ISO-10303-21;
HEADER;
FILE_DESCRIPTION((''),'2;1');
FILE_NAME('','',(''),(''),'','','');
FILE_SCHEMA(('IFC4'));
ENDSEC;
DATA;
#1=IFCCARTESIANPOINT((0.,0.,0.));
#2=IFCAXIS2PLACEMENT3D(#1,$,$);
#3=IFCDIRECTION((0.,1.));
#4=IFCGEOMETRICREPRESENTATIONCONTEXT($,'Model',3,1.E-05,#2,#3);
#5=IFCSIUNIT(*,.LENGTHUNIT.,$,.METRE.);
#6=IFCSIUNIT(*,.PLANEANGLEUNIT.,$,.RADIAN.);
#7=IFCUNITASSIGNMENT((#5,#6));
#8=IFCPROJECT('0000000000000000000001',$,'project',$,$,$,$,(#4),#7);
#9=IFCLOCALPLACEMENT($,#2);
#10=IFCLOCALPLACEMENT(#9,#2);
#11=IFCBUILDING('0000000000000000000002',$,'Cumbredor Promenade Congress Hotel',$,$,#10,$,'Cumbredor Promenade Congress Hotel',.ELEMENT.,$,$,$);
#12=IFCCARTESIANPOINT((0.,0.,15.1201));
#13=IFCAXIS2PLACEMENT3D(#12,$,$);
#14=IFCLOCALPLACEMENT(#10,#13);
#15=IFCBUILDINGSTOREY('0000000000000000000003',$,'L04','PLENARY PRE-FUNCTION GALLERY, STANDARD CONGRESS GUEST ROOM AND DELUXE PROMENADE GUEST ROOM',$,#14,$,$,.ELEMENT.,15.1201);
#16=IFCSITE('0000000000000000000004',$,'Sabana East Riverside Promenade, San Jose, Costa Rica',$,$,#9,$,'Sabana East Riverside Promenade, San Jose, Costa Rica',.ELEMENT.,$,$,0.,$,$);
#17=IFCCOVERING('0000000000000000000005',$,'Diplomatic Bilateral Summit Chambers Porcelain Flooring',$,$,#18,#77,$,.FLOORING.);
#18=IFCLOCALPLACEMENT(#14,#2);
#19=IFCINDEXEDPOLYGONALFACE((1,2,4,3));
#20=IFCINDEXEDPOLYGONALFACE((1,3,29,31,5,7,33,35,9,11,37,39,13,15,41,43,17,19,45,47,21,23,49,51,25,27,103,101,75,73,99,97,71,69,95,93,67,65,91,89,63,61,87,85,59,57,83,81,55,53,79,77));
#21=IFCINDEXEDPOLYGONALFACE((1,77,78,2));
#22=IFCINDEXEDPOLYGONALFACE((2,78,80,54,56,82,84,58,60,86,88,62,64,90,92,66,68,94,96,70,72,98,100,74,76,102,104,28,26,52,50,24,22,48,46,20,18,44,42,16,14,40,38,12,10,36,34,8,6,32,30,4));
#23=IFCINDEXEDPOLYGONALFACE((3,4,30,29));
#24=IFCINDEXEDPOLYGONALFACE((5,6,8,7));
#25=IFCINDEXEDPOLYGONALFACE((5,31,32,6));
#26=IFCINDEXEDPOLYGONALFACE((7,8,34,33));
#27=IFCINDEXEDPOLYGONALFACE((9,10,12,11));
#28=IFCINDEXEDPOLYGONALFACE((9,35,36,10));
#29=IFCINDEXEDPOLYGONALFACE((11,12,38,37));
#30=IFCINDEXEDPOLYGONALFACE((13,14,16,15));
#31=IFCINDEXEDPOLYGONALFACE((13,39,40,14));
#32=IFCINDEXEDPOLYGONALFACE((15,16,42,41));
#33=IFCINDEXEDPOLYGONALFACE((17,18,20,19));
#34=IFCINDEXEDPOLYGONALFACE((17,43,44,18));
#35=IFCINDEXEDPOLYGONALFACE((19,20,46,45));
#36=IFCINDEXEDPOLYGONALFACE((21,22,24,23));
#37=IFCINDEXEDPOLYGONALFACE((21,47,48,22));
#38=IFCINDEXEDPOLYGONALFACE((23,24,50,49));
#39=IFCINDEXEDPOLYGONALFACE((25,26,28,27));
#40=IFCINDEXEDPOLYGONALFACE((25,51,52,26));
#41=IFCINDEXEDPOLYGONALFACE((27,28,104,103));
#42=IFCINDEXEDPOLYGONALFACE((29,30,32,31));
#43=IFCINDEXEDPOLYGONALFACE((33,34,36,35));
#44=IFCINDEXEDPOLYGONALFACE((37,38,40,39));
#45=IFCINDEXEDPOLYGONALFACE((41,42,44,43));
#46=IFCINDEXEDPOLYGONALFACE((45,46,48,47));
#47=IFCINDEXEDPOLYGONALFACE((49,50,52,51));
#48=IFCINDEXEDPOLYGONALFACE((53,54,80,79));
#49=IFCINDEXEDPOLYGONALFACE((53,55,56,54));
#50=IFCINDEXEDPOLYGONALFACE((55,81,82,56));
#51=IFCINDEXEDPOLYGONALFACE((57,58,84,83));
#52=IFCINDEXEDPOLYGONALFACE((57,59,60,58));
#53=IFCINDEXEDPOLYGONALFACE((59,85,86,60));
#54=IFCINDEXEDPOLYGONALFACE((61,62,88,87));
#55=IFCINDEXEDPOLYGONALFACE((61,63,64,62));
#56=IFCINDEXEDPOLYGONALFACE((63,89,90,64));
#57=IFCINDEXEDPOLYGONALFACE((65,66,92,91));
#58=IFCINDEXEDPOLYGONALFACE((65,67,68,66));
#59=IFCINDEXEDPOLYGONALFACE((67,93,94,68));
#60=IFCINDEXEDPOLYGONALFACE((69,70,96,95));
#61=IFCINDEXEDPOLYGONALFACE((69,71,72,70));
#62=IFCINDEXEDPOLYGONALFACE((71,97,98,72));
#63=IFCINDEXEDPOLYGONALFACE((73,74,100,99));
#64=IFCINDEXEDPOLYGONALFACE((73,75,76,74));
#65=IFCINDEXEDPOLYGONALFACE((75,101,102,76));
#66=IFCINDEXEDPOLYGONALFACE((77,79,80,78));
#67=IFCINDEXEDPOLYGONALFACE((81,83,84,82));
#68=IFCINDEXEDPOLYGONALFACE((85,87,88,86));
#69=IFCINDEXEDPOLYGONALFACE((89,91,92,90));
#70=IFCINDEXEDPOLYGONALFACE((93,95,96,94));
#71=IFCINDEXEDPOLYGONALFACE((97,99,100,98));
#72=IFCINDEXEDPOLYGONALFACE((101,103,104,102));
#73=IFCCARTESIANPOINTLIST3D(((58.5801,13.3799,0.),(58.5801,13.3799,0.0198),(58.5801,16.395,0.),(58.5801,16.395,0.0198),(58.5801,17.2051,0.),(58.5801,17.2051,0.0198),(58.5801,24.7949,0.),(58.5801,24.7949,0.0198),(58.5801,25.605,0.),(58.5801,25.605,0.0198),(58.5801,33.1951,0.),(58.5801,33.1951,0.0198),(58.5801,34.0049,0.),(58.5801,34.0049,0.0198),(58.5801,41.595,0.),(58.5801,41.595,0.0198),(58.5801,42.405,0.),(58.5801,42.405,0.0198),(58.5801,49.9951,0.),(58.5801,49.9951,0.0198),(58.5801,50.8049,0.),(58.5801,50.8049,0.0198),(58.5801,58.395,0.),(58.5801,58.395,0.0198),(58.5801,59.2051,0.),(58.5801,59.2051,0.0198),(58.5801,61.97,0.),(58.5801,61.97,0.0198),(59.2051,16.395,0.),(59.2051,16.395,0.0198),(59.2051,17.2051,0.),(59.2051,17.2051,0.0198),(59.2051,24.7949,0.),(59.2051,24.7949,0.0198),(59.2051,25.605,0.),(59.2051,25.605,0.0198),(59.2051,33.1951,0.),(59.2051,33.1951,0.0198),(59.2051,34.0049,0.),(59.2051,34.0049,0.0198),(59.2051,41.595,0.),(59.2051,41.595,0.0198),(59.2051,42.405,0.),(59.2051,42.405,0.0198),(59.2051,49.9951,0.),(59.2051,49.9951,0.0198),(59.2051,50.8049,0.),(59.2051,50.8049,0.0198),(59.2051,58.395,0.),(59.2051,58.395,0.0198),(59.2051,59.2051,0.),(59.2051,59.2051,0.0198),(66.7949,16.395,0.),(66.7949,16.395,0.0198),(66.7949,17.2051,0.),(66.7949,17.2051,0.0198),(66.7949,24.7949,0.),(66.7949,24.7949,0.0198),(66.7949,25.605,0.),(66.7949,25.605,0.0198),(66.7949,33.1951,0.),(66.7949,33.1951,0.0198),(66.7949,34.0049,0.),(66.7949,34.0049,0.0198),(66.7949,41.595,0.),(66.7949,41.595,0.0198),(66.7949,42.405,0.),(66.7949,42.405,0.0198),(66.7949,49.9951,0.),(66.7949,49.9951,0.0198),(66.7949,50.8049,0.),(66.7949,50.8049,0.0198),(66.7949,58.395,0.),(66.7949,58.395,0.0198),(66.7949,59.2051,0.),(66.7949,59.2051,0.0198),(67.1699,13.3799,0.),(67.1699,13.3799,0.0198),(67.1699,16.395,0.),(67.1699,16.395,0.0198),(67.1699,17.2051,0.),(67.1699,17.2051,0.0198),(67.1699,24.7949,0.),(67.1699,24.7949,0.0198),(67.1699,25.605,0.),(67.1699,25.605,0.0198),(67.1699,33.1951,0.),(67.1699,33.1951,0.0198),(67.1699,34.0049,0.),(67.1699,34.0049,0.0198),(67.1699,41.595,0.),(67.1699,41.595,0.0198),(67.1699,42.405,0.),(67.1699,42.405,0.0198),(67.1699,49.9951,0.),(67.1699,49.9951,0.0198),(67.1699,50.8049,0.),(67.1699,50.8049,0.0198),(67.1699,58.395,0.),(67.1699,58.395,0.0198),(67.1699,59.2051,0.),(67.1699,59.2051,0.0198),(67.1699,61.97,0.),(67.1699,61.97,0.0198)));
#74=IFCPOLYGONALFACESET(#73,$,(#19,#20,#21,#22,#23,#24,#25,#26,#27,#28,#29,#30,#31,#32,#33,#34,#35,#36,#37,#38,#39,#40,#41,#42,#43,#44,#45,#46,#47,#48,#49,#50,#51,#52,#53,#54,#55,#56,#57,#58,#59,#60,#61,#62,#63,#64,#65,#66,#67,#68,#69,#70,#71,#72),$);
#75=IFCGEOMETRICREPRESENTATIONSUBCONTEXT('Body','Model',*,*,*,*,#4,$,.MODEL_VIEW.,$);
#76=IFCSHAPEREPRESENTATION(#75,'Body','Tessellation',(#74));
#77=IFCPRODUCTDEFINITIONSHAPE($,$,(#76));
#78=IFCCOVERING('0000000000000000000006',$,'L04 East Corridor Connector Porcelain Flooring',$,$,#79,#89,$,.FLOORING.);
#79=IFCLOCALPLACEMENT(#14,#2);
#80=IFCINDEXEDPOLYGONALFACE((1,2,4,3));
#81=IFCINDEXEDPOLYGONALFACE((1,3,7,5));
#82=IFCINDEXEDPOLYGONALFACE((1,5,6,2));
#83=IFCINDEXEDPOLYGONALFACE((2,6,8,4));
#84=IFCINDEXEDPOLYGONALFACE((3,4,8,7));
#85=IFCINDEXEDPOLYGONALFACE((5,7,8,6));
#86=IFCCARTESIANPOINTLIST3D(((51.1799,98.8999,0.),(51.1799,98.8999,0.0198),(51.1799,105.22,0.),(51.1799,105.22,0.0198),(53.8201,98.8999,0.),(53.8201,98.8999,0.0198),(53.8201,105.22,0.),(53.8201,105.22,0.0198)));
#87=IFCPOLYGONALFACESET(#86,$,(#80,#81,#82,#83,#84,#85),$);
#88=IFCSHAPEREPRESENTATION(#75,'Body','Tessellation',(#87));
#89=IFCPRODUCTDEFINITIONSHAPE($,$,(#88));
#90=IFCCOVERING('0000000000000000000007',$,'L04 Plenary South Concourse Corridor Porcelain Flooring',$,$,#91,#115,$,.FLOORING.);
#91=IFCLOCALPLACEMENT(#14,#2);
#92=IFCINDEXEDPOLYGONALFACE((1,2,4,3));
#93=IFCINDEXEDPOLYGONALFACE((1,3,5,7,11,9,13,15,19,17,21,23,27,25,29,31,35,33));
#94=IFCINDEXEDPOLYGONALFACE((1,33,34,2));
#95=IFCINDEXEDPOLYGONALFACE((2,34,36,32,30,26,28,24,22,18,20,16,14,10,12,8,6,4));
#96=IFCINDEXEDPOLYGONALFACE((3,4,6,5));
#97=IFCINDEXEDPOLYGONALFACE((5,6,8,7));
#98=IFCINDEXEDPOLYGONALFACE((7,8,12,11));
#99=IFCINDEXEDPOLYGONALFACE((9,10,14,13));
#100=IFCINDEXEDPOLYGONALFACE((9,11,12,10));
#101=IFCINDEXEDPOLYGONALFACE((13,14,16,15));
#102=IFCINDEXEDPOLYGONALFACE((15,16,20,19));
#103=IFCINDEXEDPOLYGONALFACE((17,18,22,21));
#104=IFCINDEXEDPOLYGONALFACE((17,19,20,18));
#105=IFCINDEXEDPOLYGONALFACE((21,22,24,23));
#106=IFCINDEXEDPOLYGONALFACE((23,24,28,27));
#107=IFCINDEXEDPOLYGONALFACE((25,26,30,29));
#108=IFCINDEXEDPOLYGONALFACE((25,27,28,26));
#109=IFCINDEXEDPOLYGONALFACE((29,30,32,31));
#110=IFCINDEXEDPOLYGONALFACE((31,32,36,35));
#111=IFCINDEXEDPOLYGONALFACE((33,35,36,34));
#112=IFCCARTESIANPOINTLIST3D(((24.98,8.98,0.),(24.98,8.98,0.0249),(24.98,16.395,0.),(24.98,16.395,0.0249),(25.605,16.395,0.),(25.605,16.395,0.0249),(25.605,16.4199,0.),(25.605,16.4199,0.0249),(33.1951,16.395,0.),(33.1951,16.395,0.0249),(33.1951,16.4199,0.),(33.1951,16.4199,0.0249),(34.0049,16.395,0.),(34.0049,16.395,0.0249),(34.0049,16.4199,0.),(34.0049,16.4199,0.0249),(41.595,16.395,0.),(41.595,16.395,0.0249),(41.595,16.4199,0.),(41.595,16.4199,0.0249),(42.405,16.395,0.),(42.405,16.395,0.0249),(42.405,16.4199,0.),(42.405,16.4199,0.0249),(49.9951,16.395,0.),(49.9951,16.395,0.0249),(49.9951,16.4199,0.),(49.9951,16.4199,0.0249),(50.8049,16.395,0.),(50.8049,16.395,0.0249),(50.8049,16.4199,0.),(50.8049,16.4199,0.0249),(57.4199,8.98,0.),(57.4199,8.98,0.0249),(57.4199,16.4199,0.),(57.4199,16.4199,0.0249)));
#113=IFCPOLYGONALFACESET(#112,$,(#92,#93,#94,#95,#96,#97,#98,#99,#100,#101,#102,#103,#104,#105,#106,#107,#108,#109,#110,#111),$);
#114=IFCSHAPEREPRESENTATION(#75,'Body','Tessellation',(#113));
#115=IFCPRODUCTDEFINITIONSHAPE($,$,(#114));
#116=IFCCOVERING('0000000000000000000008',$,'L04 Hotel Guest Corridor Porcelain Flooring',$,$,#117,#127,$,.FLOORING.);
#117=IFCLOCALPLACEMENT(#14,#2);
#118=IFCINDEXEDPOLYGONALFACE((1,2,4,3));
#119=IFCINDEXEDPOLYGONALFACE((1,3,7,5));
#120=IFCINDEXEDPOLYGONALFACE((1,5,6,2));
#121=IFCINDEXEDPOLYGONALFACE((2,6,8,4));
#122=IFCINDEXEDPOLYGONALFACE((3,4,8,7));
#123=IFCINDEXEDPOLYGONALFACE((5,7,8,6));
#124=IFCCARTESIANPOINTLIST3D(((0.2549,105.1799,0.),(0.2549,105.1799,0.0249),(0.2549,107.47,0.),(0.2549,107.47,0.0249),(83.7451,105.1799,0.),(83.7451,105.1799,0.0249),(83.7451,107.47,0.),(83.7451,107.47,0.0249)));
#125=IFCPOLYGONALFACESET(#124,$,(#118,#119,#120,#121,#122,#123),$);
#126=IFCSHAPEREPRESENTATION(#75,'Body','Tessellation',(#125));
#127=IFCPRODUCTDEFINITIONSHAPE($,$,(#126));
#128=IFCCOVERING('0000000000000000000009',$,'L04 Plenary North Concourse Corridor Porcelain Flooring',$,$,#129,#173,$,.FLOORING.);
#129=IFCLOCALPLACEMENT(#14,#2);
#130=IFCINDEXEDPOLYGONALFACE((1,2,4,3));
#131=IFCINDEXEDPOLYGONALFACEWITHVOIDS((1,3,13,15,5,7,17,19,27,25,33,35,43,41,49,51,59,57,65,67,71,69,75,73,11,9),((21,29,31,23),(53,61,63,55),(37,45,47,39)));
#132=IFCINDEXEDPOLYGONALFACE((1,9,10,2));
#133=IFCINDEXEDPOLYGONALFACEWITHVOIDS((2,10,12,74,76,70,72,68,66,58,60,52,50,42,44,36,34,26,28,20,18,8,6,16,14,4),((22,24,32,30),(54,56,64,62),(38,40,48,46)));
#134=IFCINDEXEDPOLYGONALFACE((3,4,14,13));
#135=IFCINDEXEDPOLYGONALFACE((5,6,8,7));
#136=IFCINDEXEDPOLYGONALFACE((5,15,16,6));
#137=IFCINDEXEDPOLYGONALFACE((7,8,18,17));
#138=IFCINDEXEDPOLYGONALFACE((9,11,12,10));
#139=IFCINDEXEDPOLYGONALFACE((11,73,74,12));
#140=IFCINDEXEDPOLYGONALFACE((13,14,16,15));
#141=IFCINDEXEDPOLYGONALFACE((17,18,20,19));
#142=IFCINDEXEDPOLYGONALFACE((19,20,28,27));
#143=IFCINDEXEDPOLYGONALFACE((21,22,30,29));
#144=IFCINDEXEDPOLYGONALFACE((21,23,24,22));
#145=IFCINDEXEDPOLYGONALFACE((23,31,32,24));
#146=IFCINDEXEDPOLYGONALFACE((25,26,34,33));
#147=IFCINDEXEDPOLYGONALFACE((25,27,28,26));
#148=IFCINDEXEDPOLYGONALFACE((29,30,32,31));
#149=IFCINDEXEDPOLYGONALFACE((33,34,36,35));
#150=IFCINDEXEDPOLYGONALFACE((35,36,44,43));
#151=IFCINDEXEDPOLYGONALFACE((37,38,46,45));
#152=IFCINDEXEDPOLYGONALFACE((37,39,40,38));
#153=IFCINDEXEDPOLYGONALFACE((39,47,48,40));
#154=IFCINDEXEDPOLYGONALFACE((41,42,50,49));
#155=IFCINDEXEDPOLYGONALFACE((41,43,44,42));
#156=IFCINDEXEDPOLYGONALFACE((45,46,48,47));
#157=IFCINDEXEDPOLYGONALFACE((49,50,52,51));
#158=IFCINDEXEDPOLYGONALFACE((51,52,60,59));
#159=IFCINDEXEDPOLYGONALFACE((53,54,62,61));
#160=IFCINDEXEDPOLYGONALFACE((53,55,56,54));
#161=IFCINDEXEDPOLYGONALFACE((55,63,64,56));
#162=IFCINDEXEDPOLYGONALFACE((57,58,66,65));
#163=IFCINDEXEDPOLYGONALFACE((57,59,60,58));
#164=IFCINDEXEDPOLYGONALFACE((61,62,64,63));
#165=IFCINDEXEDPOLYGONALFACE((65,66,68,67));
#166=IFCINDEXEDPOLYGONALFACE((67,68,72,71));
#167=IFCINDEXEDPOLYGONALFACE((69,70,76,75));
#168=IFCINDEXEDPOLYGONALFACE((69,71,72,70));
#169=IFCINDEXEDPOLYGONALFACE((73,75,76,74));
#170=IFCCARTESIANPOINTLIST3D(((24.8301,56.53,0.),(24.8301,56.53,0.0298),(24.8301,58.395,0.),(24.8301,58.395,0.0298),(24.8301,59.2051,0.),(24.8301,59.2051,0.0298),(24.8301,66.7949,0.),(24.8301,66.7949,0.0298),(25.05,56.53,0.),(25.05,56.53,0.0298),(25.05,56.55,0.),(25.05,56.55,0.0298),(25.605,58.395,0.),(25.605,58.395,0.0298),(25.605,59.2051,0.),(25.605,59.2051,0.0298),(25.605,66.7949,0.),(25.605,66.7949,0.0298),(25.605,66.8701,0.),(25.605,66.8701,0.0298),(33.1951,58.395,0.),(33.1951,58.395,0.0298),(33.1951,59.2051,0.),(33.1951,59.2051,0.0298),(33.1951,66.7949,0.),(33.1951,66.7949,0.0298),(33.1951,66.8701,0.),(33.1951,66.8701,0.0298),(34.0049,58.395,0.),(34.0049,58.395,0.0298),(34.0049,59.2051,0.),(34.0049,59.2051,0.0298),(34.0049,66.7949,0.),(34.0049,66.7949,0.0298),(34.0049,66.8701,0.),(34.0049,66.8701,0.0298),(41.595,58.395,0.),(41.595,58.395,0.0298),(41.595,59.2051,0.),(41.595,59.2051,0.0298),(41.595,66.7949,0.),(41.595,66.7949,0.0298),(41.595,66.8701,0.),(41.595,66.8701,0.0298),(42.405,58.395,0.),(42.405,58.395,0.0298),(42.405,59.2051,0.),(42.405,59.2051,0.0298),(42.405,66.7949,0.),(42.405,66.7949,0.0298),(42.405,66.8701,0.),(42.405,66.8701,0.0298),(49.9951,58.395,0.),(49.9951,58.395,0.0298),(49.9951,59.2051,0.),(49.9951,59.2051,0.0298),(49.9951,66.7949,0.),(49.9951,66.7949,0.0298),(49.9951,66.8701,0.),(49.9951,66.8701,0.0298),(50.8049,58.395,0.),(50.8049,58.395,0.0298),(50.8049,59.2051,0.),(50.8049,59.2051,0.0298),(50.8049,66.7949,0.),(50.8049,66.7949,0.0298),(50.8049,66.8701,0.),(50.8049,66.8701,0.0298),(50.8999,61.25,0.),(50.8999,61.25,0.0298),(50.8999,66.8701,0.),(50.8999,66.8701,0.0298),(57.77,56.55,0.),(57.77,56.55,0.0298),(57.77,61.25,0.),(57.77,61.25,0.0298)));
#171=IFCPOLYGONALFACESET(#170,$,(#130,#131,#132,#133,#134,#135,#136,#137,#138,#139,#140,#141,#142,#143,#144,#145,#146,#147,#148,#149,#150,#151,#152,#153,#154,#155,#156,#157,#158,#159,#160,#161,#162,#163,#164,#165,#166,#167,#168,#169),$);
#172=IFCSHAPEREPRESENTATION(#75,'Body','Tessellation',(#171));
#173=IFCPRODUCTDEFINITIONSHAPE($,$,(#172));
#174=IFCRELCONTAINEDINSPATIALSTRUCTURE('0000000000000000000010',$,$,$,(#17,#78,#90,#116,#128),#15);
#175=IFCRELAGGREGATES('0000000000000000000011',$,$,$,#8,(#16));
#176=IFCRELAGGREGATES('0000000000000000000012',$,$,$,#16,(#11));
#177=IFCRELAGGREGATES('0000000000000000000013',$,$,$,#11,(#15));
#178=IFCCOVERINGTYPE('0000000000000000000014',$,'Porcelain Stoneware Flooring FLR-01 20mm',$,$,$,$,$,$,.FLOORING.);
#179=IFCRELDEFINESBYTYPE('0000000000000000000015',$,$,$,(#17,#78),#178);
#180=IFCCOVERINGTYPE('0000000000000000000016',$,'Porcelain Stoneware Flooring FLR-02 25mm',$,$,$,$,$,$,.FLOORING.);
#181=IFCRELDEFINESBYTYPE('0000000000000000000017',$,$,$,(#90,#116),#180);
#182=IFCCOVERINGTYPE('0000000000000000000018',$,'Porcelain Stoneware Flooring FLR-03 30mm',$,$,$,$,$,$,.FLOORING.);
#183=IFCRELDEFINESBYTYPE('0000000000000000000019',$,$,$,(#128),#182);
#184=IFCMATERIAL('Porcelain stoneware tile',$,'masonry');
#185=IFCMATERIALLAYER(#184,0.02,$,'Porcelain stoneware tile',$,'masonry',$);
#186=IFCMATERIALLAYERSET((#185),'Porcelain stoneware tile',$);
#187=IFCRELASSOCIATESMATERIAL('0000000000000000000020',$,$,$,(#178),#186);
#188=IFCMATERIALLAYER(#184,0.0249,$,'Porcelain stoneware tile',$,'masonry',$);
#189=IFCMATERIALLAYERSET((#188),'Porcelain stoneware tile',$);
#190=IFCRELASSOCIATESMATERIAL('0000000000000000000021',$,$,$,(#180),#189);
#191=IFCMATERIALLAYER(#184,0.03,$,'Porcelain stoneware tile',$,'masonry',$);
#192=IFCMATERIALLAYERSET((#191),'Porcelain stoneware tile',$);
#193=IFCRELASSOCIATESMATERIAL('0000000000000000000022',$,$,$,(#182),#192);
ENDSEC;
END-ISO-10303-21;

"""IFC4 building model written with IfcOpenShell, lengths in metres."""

from ifc_helpers import new_model, si_unit, direction, frame, origin, place, context, subcontext, project, spatial, polyline, outline, extrude, material, layer, layer_set, type_object, element, save


model = new_model("IFC4")

# Units and contexts
model_context = context("Model", 3, precision=1e-05, world=origin(), true_north=direction((0.0, 1.0)))
body_context = subcontext(model_context, "Body", "Model", "MODEL_VIEW")
ifc_project = project(units=[si_unit("LENGTHUNIT", "METRE"), si_unit("PLANEANGLEUNIT", "RADIAN")], contexts=[model_context])

# Site, building, storey
site_placement = place(None, origin())
site = spatial("IfcSite", under=ifc_project, at=site_placement, Name="Sabana East Riverside Promenade, San Jose, Costa Rica", LongName="Sabana East Riverside Promenade, San Jose, Costa Rica", CompositionType="ELEMENT", RefElevation=0.0)
building_placement = place(site_placement, origin())
building = spatial("IfcBuilding", under=site, at=building_placement, Name="Cumbredor Promenade Congress Hotel", LongName="Cumbredor Promenade Congress Hotel", CompositionType="ELEMENT")
storey_placement = place(building_placement, frame((0.0, 0.0, 15.1201)))
storey = spatial("IfcBuildingStorey", under=building, at=storey_placement, Name="L04", Description="PLENARY PRE-FUNCTION GALLERY, STANDARD CONGRESS GUEST ROOM AND DELUXE PROMENADE GUEST ROOM", CompositionType="ELEMENT", Elevation=15.1201)

# Coverings
ifc_material_1 = material(Name="Porcelain stoneware tile", Category="masonry")
ifc_layer_1 = layer(ifc_material_1, 0.02, Name="Porcelain stoneware tile", Category="masonry")
ifc_layer_set_1 = layer_set([ifc_layer_1], Name="Porcelain stoneware tile")
covering_type_1 = type_object("IfcCoveringType", Name="Porcelain Stoneware Flooring FLR-01 20mm", PredefinedType="FLOORING", material=ifc_layer_set_1)
covering_1_placement = place(storey_placement, origin())
element("IfcCovering", 1, at=covering_1_placement, inside=storey, type_object=covering_type_1, Name="Diplomatic Bilateral Summit Chambers Porcelain Flooring", PredefinedType="FLOORING", context=body_context, shape_type="SweptSolid", body=[
    extrude(outline(polyline([(58.5801, 33.1951), (59.2051, 33.1951), (59.2051, 34.0049), (58.5801, 34.0049), (58.5801, 41.595), (59.2051, 41.595), (59.2051, 42.405), (58.5801, 42.405), (58.5801, 49.9951), (59.2051, 49.9951), (59.2051, 50.8049), (58.5801, 50.8049), (58.5801, 58.395), (59.2051, 58.395), (59.2051, 59.2051), (58.5801, 59.2051), (58.5801, 61.97), (67.1699, 61.97), (67.1699, 59.2051), (66.7949, 59.2051), (66.7949, 58.395), (67.1699, 58.395), (67.1699, 50.8049), (66.7949, 50.8049), (66.7949, 49.9951), (67.1699, 49.9951), (67.1699, 42.405), (66.7949, 42.405), (66.7949, 41.595), (67.1699, 41.595), (67.1699, 34.0049), (66.7949, 34.0049), (66.7949, 33.1951), (67.1699, 33.1951), (67.1699, 25.605), (66.7949, 25.605), (66.7949, 24.7949), (67.1699, 24.7949), (67.1699, 17.2051), (66.7949, 17.2051), (66.7949, 16.395), (67.1699, 16.395), (67.1699, 13.3799), (58.5801, 13.3799), (58.5801, 16.395), (59.2051, 16.395), (59.2051, 17.2051), (58.5801, 17.2051), (58.5801, 24.7949), (59.2051, 24.7949), (59.2051, 25.605), (58.5801, 25.605), (58.5801, 33.1951)])), origin(), (0.0, 0.0, 1.0), 0.0198),
])
covering_2_placement = place(storey_placement, origin())
element("IfcCovering", 2, at=covering_2_placement, inside=storey, type_object=covering_type_1, Name="L04 East Corridor Connector Porcelain Flooring", PredefinedType="FLOORING", context=body_context, shape_type="SweptSolid", body=[
    extrude(outline(polyline([(51.1799, 105.22), (53.8201, 105.22), (53.8201, 98.8999), (51.1799, 98.8999), (51.1799, 105.22)])), origin(), (0.0, 0.0, 1.0), 0.0198),
])
ifc_layer_2 = layer(ifc_material_1, 0.0249, Name="Porcelain stoneware tile", Category="masonry")
ifc_layer_set_2 = layer_set([ifc_layer_2], Name="Porcelain stoneware tile")
covering_type_2 = type_object("IfcCoveringType", Name="Porcelain Stoneware Flooring FLR-02 25mm", PredefinedType="FLOORING", material=ifc_layer_set_2)
covering_3_placement = place(storey_placement, origin())
element("IfcCovering", 3, at=covering_3_placement, inside=storey, type_object=covering_type_2, Name="L04 Plenary South Concourse Corridor Porcelain Flooring", PredefinedType="FLOORING", context=body_context, shape_type="SweptSolid", body=[
    extrude(outline(polyline([(24.98, 16.395), (25.605, 16.395), (25.605, 16.4199), (33.1951, 16.4199), (33.1951, 16.395), (34.0049, 16.395), (34.0049, 16.4199), (41.595, 16.4199), (41.595, 16.395), (42.405, 16.395), (42.405, 16.4199), (49.9951, 16.4199), (49.9951, 16.395), (50.8049, 16.395), (50.8049, 16.4199), (57.4199, 16.4199), (57.4199, 8.98), (24.98, 8.98), (24.98, 16.395)])), origin(), (0.0, 0.0, 1.0), 0.0249),
])
covering_4_placement = place(storey_placement, origin())
element("IfcCovering", 4, at=covering_4_placement, inside=storey, type_object=covering_type_2, Name="L04 Hotel Guest Corridor Porcelain Flooring", PredefinedType="FLOORING", context=body_context, shape_type="SweptSolid", body=[
    extrude(outline(polyline([(0.2549, 107.47), (83.7451, 107.47), (83.7451, 105.1799), (0.2549, 105.1799), (0.2549, 107.47)])), origin(), (0.0, 0.0, 1.0), 0.0249),
])
ifc_layer_3 = layer(ifc_material_1, 0.03, Name="Porcelain stoneware tile", Category="masonry")
ifc_layer_set_3 = layer_set([ifc_layer_3], Name="Porcelain stoneware tile")
covering_type_3 = type_object("IfcCoveringType", Name="Porcelain Stoneware Flooring FLR-03 30mm", PredefinedType="FLOORING", material=ifc_layer_set_3)
covering_5_placement = place(storey_placement, origin())
element("IfcCovering", 5, at=covering_5_placement, inside=storey, type_object=covering_type_3, Name="L04 Plenary North Concourse Corridor Porcelain Flooring", PredefinedType="FLOORING", context=body_context, shape_type="SweptSolid", body=[
    extrude(outline(polyline([(24.8301, 58.395), (25.605, 58.395), (25.605, 59.2051), (24.8301, 59.2051), (24.8301, 66.7949), (25.605, 66.7949), (25.605, 66.8701), (33.1951, 66.8701), (33.1951, 66.7949), (34.0049, 66.7949), (34.0049, 66.8701), (41.595, 66.8701), (41.595, 66.7949), (42.405, 66.7949), (42.405, 66.8701), (49.9951, 66.8701), (49.9951, 66.7949), (50.8049, 66.7949), (50.8049, 66.8701), (50.8999, 66.8701), (50.8999, 61.25), (57.77, 61.25), (57.77, 56.55), (25.05, 56.55), (25.05, 56.53), (24.8301, 56.53), (24.8301, 58.395)]), holes=[polyline([(33.1951, 59.2051), (33.1951, 58.395), (34.0049, 58.395), (34.0049, 59.2051), (33.1951, 59.2051)]), polyline([(42.405, 58.395), (42.405, 59.2051), (41.595, 59.2051), (41.595, 58.395), (42.405, 58.395)]), polyline([(49.9951, 59.2051), (49.9951, 58.395), (50.8049, 58.395), (50.8049, 59.2051), (49.9951, 59.2051)])]), origin(), (0.0, 0.0, 1.0), 0.0298),
])

save(model, "model.ifc")
